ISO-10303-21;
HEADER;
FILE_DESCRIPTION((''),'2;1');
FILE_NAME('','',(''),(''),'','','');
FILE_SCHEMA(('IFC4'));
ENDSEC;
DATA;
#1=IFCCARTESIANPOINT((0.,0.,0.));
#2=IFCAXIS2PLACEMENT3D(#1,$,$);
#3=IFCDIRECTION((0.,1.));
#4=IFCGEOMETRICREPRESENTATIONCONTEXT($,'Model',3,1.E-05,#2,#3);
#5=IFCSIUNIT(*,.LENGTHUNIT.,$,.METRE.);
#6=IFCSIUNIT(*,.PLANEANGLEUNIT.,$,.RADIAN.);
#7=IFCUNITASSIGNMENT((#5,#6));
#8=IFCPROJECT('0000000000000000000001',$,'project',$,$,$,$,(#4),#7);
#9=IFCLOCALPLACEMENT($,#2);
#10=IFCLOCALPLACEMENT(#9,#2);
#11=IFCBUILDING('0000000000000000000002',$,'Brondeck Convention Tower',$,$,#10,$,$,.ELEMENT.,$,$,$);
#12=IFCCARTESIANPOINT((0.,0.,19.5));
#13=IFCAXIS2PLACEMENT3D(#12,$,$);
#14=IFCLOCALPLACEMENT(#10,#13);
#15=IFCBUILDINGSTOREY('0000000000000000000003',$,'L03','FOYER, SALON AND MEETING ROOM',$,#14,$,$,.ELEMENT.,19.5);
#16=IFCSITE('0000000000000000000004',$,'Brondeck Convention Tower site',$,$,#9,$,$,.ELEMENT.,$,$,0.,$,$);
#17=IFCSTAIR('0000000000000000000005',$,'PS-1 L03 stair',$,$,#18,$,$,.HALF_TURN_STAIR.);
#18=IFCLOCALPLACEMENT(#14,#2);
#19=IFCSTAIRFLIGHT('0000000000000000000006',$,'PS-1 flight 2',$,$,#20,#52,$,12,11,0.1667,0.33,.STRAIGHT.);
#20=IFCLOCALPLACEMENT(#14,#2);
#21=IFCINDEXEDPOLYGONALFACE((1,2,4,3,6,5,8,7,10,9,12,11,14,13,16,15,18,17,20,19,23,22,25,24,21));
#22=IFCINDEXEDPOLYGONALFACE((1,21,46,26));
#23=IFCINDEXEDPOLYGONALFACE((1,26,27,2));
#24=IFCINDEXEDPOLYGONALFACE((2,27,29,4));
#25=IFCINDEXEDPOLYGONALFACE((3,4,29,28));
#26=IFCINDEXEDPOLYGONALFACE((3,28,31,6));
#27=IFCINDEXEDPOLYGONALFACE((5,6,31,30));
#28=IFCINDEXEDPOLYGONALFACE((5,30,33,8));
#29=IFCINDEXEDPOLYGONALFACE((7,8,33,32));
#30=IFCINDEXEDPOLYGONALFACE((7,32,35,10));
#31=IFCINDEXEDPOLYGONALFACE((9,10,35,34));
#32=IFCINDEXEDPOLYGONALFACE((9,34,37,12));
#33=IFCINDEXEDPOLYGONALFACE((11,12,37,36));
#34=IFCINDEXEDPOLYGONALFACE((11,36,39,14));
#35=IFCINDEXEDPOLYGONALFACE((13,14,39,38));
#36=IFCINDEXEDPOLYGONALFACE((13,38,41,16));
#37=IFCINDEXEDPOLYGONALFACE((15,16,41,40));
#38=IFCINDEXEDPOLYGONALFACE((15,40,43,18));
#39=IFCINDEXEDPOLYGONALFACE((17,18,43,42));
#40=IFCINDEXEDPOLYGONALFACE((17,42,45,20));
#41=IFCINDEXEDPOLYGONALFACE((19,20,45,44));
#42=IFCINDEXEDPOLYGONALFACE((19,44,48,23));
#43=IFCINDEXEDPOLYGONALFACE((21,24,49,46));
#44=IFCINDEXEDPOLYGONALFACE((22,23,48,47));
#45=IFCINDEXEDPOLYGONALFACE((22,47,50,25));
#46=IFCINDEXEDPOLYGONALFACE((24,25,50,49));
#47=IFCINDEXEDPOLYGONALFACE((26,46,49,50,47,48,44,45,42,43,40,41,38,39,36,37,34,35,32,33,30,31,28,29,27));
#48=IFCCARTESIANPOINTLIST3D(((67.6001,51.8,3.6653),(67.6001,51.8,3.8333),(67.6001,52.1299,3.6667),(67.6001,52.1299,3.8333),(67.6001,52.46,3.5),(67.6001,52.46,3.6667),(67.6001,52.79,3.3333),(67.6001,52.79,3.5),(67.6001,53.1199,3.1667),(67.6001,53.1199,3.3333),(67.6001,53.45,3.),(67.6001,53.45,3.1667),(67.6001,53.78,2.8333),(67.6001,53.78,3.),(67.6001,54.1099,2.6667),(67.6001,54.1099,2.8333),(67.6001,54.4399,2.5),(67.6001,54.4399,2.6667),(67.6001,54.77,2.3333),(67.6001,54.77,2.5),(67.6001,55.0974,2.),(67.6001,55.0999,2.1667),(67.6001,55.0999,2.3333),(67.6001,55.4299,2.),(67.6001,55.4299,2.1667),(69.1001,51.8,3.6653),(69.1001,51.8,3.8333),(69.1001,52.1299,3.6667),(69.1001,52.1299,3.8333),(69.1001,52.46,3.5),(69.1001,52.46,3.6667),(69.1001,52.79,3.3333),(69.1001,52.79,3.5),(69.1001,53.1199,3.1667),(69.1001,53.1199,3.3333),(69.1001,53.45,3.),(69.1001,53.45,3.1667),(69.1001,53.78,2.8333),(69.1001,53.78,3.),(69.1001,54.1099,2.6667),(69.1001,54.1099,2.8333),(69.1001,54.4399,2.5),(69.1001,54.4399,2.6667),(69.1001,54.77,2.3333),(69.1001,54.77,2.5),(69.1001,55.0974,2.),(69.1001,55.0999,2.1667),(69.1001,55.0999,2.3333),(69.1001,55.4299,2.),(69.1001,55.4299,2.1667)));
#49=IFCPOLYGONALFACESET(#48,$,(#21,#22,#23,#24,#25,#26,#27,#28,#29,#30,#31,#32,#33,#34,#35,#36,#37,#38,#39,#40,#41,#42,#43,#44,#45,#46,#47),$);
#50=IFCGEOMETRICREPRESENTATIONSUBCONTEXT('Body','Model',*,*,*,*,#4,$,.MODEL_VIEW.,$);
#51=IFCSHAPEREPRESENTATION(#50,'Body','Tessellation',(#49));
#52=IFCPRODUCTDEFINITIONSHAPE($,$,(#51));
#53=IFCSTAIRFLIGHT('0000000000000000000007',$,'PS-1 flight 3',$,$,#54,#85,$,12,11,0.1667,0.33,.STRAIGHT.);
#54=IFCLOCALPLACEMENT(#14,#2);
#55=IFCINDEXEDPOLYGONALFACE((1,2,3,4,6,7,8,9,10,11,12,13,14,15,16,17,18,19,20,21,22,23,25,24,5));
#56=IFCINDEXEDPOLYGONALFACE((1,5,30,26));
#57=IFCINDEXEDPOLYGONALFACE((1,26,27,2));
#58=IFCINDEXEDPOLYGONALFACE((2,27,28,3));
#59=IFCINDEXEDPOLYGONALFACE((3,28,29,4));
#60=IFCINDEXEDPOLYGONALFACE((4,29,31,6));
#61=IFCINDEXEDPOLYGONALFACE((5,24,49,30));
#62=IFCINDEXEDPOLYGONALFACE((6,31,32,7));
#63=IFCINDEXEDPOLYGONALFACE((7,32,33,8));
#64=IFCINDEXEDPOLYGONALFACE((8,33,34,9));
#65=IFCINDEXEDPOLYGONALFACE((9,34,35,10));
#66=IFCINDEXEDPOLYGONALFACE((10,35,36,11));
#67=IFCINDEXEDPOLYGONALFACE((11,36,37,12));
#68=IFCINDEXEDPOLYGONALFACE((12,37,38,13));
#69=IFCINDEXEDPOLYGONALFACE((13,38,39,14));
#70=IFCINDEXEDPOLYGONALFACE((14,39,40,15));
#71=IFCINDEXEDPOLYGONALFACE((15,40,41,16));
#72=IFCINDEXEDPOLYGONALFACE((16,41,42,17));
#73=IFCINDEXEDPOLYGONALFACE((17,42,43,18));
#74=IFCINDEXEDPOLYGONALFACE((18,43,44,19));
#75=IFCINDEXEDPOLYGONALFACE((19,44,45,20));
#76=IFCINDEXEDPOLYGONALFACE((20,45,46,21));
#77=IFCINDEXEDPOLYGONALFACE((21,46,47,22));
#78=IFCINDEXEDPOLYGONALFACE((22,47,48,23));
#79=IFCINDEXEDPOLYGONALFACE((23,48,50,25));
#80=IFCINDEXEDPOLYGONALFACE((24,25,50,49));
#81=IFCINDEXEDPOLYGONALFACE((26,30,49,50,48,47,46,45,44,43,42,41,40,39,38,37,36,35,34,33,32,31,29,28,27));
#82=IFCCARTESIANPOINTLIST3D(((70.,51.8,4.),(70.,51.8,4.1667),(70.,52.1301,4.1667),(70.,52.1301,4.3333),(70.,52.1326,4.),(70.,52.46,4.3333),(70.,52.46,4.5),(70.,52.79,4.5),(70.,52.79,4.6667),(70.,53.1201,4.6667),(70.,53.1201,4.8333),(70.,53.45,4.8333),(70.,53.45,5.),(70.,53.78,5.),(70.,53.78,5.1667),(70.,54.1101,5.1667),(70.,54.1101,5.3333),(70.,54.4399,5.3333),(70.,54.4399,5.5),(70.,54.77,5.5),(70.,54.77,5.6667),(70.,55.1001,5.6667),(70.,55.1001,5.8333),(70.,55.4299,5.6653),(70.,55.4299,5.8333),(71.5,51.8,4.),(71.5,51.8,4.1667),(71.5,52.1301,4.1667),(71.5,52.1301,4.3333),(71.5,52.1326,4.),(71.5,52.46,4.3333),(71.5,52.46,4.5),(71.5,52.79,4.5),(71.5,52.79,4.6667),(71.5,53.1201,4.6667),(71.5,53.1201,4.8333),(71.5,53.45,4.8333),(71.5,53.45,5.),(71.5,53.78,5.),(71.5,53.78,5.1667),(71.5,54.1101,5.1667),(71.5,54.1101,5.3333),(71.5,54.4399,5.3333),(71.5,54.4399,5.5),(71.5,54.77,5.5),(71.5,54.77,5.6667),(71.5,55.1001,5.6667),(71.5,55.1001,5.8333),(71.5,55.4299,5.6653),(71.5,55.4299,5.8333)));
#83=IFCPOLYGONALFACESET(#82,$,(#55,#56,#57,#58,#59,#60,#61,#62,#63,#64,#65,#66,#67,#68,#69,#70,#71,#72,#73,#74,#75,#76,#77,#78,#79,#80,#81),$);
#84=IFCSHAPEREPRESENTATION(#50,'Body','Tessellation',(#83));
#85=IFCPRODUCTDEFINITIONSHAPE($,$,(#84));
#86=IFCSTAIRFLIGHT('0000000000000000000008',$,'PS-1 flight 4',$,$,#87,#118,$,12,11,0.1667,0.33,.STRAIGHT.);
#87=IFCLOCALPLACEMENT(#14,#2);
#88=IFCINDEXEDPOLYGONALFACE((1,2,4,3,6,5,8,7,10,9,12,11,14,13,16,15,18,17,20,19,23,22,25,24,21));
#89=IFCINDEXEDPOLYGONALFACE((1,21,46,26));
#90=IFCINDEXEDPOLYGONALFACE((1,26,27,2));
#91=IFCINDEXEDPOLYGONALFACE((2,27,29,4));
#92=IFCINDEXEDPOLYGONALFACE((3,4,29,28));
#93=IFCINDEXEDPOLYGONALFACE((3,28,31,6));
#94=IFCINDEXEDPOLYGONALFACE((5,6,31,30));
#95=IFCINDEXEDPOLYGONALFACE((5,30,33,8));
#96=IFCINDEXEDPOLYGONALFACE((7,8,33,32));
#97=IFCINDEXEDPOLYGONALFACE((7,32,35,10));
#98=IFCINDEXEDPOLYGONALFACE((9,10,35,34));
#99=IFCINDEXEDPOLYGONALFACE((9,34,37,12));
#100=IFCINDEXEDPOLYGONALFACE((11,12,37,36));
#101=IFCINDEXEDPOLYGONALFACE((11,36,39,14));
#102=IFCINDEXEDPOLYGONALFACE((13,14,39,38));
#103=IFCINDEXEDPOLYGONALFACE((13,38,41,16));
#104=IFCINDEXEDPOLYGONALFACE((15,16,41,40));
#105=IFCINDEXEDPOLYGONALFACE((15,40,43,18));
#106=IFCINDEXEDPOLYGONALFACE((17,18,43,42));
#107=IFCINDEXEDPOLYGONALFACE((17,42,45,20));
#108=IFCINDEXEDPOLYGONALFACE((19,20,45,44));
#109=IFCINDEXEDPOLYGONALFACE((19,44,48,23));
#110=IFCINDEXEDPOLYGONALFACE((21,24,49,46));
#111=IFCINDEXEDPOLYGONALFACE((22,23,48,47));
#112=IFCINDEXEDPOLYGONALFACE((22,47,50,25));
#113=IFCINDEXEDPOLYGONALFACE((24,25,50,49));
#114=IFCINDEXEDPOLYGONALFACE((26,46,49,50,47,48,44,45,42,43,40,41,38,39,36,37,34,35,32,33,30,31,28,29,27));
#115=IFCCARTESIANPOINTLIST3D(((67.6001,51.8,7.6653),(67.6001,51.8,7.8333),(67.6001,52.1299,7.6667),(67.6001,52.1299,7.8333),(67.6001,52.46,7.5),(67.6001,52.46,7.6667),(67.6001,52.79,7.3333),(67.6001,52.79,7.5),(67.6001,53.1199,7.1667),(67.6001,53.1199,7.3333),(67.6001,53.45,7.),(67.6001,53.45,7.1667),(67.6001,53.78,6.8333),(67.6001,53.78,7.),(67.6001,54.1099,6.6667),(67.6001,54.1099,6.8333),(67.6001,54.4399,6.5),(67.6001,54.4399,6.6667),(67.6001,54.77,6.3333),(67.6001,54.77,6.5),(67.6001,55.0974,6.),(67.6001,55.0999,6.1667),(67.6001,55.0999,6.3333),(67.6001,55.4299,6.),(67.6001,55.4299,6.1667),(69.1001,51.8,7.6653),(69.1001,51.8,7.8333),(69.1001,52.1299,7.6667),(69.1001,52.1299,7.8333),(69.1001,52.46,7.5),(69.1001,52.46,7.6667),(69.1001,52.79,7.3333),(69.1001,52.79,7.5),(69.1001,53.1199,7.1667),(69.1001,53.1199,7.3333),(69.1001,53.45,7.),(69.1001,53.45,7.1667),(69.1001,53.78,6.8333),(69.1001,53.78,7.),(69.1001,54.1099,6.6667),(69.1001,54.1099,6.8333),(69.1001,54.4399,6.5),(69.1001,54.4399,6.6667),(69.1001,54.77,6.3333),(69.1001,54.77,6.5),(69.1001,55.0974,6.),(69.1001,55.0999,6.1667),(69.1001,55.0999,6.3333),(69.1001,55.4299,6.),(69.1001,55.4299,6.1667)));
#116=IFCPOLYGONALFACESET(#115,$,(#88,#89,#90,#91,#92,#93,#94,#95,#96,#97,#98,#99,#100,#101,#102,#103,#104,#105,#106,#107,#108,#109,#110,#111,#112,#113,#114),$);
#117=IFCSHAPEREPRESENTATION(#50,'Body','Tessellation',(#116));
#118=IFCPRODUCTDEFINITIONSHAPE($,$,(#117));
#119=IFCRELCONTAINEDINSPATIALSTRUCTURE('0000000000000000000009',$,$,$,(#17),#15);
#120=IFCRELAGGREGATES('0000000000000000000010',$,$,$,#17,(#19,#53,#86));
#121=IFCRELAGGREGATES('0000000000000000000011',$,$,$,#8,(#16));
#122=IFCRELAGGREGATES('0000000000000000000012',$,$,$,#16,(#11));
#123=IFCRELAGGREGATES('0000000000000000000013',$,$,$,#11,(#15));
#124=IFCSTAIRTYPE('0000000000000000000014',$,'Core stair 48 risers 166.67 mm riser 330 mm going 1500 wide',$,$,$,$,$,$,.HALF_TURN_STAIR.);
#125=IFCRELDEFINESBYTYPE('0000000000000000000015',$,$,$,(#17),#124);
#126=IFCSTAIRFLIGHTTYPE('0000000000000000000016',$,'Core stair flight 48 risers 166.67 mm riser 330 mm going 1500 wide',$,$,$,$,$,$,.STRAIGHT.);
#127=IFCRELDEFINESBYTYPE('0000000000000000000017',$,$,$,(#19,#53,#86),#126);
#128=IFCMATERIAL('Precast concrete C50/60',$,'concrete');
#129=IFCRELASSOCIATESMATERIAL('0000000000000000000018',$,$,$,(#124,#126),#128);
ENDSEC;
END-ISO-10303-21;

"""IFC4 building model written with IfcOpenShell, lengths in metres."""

from ifc_helpers import new_model, si_unit, direction, frame, origin, place, context, subcontext, project, spatial, polyline, outline, extrude, material, type_object, element, aggregate, save


model = new_model("IFC4")

# Units and contexts
model_context = context("Model", 3, precision=1e-05, world=origin(), true_north=direction((0.0, 1.0)))
body_context = subcontext(model_context, "Body", "Model", "MODEL_VIEW")
ifc_project = project(units=[si_unit("LENGTHUNIT", "METRE"), si_unit("PLANEANGLEUNIT", "RADIAN")], contexts=[model_context])

# Site, building, storey
site_placement = place(None, origin())
site = spatial("IfcSite", under=ifc_project, at=site_placement, Name="Brondeck Convention Tower site", CompositionType="ELEMENT", RefElevation=0.0)
building_placement = place(site_placement, origin())
building = spatial("IfcBuilding", under=site, at=building_placement, Name="Brondeck Convention Tower", CompositionType="ELEMENT")
storey_placement = place(building_placement, frame((0.0, 0.0, 19.5)))
storey = spatial("IfcBuildingStorey", under=building, at=storey_placement, Name="L03", Description="FOYER, SALON AND MEETING ROOM", CompositionType="ELEMENT", Elevation=19.5)

# Stair, stair flights
ifc_material_1 = material(Name="Precast concrete C50/60", Category="concrete")
stair_type = type_object("IfcStairType", Name="Core stair 48 risers 166.67 mm riser 330 mm going 1500 wide", PredefinedType="HALF_TURN_STAIR", material=ifc_material_1)
stair_placement = place(storey_placement, origin())
stair = element("IfcStair", 1, at=stair_placement, inside=storey, type_object=stair_type, Name="PS-1 L03 stair", PredefinedType="HALF_TURN_STAIR")
stair_flight_type = type_object("IfcStairFlightType", Name="Core stair flight 48 risers 166.67 mm riser 330 mm going 1500 wide", PredefinedType="STRAIGHT", material=ifc_material_1)
stair_flight_1_placement = place(storey_placement, frame((68.3501, 55.4299, 2.0), z_axis=(0.0, 0.0, 1.0), x_axis=(0.0, -1.0, 0.0)))
stair_flight_1 = element("IfcStairFlight", 2, at=stair_flight_1_placement, type_object=stair_flight_type, Name="PS-1 flight 2", NumberOfRisers=12, NumberOfTreads=11, PredefinedType="STRAIGHT", RiserHeight=0.1667, TreadLength=0.33, context=body_context, shape_type="SweptSolid", body=[
    extrude(outline(polyline([(0.0, 0.0), (0.0, 0.1667), (0.3301, 0.1667), (0.3301, 0.3333), (0.6599, 0.3333), (0.6599, 0.5), (0.99, 0.5), (0.99, 0.6667), (1.3201, 0.6667), (1.3201, 0.8333), (1.6499, 0.8333), (1.6499, 1.0), (1.98, 1.0), (1.98, 1.1667), (2.3101, 1.1667), (2.3101, 1.3333), (2.6399, 1.3333), (2.6399, 1.5), (2.97, 1.5), (2.97, 1.6667), (3.3, 1.6667), (3.3, 1.8333), (3.6299, 1.8333), (3.6299, 2.0), (3.6299, 1.6653), (0.3325, 0.0), (0.0, 0.0)])), frame((0.0, 0.75, 0.0), z_axis=(0.0, -1.0, 0.0), x_axis=(1.0, 0.0, 0.0)), (0.0, 0.0, 1.0), 1.5),
])
stair_flight_2_placement = place(storey_placement, frame((70.75, 51.8, 4.0), z_axis=(0.0, 0.0, 1.0), x_axis=(0.0, 1.0, 0.0)))
stair_flight_2 = element("IfcStairFlight", 3, at=stair_flight_2_placement, type_object=stair_flight_type, Name="PS-1 flight 3", NumberOfRisers=12, NumberOfTreads=11, PredefinedType="STRAIGHT", RiserHeight=0.1667, TreadLength=0.33, context=body_context, shape_type="SweptSolid", body=[
    extrude(outline(polyline([(0.0, 0.0), (0.0, 0.1667), (0.3301, 0.1667), (0.3301, 0.3333), (0.6599, 0.3333), (0.6599, 0.5), (0.99, 0.5), (0.99, 0.6667), (1.3201, 0.6667), (1.3201, 0.8333), (1.6499, 0.8333), (1.6499, 1.0), (1.98, 1.0), (1.98, 1.1667), (2.3101, 1.1667), (2.3101, 1.3333), (2.6399, 1.3333), (2.6399, 1.5), (2.97, 1.5), (2.97, 1.6667), (3.3, 1.6667), (3.3, 1.8333), (3.6299, 1.8333), (3.6299, 2.0), (3.6299, 1.6653), (0.3325, 0.0), (0.0, 0.0)])), frame((0.0, 0.75, 0.0), z_axis=(0.0, -1.0, 0.0), x_axis=(1.0, 0.0, 0.0)), (0.0, 0.0, 1.0), 1.5),
])
stair_flight_3_placement = place(storey_placement, frame((68.3501, 55.4299, 6.0), z_axis=(0.0, 0.0, 1.0), x_axis=(0.0, -1.0, 0.0)))
stair_flight_3 = element("IfcStairFlight", 4, at=stair_flight_3_placement, type_object=stair_flight_type, Name="PS-1 flight 4", NumberOfRisers=12, NumberOfTreads=11, PredefinedType="STRAIGHT", RiserHeight=0.1667, TreadLength=0.33, context=body_context, shape_type="SweptSolid", body=[
    extrude(outline(polyline([(0.0, 0.0), (0.0, 0.1667), (0.3301, 0.1667), (0.3301, 0.3333), (0.6599, 0.3333), (0.6599, 0.5), (0.99, 0.5), (0.99, 0.6667), (1.3201, 0.6667), (1.3201, 0.8333), (1.6499, 0.8333), (1.6499, 1.0), (1.98, 1.0), (1.98, 1.1667), (2.3101, 1.1667), (2.3101, 1.3333), (2.6399, 1.3333), (2.6399, 1.5), (2.97, 1.5), (2.97, 1.6667), (3.3, 1.6667), (3.3, 1.8333), (3.6299, 1.8333), (3.6299, 2.0), (3.6299, 1.6653), (0.3325, 0.0), (0.0, 0.0)])), frame((0.0, 0.75, 0.0), z_axis=(0.0, -1.0, 0.0), x_axis=(1.0, 0.0, 0.0)), (0.0, 0.0, 1.0), 1.5),
])
aggregate(stair, [stair_flight_1, stair_flight_2, stair_flight_3])

save(model, "model.ifc")
